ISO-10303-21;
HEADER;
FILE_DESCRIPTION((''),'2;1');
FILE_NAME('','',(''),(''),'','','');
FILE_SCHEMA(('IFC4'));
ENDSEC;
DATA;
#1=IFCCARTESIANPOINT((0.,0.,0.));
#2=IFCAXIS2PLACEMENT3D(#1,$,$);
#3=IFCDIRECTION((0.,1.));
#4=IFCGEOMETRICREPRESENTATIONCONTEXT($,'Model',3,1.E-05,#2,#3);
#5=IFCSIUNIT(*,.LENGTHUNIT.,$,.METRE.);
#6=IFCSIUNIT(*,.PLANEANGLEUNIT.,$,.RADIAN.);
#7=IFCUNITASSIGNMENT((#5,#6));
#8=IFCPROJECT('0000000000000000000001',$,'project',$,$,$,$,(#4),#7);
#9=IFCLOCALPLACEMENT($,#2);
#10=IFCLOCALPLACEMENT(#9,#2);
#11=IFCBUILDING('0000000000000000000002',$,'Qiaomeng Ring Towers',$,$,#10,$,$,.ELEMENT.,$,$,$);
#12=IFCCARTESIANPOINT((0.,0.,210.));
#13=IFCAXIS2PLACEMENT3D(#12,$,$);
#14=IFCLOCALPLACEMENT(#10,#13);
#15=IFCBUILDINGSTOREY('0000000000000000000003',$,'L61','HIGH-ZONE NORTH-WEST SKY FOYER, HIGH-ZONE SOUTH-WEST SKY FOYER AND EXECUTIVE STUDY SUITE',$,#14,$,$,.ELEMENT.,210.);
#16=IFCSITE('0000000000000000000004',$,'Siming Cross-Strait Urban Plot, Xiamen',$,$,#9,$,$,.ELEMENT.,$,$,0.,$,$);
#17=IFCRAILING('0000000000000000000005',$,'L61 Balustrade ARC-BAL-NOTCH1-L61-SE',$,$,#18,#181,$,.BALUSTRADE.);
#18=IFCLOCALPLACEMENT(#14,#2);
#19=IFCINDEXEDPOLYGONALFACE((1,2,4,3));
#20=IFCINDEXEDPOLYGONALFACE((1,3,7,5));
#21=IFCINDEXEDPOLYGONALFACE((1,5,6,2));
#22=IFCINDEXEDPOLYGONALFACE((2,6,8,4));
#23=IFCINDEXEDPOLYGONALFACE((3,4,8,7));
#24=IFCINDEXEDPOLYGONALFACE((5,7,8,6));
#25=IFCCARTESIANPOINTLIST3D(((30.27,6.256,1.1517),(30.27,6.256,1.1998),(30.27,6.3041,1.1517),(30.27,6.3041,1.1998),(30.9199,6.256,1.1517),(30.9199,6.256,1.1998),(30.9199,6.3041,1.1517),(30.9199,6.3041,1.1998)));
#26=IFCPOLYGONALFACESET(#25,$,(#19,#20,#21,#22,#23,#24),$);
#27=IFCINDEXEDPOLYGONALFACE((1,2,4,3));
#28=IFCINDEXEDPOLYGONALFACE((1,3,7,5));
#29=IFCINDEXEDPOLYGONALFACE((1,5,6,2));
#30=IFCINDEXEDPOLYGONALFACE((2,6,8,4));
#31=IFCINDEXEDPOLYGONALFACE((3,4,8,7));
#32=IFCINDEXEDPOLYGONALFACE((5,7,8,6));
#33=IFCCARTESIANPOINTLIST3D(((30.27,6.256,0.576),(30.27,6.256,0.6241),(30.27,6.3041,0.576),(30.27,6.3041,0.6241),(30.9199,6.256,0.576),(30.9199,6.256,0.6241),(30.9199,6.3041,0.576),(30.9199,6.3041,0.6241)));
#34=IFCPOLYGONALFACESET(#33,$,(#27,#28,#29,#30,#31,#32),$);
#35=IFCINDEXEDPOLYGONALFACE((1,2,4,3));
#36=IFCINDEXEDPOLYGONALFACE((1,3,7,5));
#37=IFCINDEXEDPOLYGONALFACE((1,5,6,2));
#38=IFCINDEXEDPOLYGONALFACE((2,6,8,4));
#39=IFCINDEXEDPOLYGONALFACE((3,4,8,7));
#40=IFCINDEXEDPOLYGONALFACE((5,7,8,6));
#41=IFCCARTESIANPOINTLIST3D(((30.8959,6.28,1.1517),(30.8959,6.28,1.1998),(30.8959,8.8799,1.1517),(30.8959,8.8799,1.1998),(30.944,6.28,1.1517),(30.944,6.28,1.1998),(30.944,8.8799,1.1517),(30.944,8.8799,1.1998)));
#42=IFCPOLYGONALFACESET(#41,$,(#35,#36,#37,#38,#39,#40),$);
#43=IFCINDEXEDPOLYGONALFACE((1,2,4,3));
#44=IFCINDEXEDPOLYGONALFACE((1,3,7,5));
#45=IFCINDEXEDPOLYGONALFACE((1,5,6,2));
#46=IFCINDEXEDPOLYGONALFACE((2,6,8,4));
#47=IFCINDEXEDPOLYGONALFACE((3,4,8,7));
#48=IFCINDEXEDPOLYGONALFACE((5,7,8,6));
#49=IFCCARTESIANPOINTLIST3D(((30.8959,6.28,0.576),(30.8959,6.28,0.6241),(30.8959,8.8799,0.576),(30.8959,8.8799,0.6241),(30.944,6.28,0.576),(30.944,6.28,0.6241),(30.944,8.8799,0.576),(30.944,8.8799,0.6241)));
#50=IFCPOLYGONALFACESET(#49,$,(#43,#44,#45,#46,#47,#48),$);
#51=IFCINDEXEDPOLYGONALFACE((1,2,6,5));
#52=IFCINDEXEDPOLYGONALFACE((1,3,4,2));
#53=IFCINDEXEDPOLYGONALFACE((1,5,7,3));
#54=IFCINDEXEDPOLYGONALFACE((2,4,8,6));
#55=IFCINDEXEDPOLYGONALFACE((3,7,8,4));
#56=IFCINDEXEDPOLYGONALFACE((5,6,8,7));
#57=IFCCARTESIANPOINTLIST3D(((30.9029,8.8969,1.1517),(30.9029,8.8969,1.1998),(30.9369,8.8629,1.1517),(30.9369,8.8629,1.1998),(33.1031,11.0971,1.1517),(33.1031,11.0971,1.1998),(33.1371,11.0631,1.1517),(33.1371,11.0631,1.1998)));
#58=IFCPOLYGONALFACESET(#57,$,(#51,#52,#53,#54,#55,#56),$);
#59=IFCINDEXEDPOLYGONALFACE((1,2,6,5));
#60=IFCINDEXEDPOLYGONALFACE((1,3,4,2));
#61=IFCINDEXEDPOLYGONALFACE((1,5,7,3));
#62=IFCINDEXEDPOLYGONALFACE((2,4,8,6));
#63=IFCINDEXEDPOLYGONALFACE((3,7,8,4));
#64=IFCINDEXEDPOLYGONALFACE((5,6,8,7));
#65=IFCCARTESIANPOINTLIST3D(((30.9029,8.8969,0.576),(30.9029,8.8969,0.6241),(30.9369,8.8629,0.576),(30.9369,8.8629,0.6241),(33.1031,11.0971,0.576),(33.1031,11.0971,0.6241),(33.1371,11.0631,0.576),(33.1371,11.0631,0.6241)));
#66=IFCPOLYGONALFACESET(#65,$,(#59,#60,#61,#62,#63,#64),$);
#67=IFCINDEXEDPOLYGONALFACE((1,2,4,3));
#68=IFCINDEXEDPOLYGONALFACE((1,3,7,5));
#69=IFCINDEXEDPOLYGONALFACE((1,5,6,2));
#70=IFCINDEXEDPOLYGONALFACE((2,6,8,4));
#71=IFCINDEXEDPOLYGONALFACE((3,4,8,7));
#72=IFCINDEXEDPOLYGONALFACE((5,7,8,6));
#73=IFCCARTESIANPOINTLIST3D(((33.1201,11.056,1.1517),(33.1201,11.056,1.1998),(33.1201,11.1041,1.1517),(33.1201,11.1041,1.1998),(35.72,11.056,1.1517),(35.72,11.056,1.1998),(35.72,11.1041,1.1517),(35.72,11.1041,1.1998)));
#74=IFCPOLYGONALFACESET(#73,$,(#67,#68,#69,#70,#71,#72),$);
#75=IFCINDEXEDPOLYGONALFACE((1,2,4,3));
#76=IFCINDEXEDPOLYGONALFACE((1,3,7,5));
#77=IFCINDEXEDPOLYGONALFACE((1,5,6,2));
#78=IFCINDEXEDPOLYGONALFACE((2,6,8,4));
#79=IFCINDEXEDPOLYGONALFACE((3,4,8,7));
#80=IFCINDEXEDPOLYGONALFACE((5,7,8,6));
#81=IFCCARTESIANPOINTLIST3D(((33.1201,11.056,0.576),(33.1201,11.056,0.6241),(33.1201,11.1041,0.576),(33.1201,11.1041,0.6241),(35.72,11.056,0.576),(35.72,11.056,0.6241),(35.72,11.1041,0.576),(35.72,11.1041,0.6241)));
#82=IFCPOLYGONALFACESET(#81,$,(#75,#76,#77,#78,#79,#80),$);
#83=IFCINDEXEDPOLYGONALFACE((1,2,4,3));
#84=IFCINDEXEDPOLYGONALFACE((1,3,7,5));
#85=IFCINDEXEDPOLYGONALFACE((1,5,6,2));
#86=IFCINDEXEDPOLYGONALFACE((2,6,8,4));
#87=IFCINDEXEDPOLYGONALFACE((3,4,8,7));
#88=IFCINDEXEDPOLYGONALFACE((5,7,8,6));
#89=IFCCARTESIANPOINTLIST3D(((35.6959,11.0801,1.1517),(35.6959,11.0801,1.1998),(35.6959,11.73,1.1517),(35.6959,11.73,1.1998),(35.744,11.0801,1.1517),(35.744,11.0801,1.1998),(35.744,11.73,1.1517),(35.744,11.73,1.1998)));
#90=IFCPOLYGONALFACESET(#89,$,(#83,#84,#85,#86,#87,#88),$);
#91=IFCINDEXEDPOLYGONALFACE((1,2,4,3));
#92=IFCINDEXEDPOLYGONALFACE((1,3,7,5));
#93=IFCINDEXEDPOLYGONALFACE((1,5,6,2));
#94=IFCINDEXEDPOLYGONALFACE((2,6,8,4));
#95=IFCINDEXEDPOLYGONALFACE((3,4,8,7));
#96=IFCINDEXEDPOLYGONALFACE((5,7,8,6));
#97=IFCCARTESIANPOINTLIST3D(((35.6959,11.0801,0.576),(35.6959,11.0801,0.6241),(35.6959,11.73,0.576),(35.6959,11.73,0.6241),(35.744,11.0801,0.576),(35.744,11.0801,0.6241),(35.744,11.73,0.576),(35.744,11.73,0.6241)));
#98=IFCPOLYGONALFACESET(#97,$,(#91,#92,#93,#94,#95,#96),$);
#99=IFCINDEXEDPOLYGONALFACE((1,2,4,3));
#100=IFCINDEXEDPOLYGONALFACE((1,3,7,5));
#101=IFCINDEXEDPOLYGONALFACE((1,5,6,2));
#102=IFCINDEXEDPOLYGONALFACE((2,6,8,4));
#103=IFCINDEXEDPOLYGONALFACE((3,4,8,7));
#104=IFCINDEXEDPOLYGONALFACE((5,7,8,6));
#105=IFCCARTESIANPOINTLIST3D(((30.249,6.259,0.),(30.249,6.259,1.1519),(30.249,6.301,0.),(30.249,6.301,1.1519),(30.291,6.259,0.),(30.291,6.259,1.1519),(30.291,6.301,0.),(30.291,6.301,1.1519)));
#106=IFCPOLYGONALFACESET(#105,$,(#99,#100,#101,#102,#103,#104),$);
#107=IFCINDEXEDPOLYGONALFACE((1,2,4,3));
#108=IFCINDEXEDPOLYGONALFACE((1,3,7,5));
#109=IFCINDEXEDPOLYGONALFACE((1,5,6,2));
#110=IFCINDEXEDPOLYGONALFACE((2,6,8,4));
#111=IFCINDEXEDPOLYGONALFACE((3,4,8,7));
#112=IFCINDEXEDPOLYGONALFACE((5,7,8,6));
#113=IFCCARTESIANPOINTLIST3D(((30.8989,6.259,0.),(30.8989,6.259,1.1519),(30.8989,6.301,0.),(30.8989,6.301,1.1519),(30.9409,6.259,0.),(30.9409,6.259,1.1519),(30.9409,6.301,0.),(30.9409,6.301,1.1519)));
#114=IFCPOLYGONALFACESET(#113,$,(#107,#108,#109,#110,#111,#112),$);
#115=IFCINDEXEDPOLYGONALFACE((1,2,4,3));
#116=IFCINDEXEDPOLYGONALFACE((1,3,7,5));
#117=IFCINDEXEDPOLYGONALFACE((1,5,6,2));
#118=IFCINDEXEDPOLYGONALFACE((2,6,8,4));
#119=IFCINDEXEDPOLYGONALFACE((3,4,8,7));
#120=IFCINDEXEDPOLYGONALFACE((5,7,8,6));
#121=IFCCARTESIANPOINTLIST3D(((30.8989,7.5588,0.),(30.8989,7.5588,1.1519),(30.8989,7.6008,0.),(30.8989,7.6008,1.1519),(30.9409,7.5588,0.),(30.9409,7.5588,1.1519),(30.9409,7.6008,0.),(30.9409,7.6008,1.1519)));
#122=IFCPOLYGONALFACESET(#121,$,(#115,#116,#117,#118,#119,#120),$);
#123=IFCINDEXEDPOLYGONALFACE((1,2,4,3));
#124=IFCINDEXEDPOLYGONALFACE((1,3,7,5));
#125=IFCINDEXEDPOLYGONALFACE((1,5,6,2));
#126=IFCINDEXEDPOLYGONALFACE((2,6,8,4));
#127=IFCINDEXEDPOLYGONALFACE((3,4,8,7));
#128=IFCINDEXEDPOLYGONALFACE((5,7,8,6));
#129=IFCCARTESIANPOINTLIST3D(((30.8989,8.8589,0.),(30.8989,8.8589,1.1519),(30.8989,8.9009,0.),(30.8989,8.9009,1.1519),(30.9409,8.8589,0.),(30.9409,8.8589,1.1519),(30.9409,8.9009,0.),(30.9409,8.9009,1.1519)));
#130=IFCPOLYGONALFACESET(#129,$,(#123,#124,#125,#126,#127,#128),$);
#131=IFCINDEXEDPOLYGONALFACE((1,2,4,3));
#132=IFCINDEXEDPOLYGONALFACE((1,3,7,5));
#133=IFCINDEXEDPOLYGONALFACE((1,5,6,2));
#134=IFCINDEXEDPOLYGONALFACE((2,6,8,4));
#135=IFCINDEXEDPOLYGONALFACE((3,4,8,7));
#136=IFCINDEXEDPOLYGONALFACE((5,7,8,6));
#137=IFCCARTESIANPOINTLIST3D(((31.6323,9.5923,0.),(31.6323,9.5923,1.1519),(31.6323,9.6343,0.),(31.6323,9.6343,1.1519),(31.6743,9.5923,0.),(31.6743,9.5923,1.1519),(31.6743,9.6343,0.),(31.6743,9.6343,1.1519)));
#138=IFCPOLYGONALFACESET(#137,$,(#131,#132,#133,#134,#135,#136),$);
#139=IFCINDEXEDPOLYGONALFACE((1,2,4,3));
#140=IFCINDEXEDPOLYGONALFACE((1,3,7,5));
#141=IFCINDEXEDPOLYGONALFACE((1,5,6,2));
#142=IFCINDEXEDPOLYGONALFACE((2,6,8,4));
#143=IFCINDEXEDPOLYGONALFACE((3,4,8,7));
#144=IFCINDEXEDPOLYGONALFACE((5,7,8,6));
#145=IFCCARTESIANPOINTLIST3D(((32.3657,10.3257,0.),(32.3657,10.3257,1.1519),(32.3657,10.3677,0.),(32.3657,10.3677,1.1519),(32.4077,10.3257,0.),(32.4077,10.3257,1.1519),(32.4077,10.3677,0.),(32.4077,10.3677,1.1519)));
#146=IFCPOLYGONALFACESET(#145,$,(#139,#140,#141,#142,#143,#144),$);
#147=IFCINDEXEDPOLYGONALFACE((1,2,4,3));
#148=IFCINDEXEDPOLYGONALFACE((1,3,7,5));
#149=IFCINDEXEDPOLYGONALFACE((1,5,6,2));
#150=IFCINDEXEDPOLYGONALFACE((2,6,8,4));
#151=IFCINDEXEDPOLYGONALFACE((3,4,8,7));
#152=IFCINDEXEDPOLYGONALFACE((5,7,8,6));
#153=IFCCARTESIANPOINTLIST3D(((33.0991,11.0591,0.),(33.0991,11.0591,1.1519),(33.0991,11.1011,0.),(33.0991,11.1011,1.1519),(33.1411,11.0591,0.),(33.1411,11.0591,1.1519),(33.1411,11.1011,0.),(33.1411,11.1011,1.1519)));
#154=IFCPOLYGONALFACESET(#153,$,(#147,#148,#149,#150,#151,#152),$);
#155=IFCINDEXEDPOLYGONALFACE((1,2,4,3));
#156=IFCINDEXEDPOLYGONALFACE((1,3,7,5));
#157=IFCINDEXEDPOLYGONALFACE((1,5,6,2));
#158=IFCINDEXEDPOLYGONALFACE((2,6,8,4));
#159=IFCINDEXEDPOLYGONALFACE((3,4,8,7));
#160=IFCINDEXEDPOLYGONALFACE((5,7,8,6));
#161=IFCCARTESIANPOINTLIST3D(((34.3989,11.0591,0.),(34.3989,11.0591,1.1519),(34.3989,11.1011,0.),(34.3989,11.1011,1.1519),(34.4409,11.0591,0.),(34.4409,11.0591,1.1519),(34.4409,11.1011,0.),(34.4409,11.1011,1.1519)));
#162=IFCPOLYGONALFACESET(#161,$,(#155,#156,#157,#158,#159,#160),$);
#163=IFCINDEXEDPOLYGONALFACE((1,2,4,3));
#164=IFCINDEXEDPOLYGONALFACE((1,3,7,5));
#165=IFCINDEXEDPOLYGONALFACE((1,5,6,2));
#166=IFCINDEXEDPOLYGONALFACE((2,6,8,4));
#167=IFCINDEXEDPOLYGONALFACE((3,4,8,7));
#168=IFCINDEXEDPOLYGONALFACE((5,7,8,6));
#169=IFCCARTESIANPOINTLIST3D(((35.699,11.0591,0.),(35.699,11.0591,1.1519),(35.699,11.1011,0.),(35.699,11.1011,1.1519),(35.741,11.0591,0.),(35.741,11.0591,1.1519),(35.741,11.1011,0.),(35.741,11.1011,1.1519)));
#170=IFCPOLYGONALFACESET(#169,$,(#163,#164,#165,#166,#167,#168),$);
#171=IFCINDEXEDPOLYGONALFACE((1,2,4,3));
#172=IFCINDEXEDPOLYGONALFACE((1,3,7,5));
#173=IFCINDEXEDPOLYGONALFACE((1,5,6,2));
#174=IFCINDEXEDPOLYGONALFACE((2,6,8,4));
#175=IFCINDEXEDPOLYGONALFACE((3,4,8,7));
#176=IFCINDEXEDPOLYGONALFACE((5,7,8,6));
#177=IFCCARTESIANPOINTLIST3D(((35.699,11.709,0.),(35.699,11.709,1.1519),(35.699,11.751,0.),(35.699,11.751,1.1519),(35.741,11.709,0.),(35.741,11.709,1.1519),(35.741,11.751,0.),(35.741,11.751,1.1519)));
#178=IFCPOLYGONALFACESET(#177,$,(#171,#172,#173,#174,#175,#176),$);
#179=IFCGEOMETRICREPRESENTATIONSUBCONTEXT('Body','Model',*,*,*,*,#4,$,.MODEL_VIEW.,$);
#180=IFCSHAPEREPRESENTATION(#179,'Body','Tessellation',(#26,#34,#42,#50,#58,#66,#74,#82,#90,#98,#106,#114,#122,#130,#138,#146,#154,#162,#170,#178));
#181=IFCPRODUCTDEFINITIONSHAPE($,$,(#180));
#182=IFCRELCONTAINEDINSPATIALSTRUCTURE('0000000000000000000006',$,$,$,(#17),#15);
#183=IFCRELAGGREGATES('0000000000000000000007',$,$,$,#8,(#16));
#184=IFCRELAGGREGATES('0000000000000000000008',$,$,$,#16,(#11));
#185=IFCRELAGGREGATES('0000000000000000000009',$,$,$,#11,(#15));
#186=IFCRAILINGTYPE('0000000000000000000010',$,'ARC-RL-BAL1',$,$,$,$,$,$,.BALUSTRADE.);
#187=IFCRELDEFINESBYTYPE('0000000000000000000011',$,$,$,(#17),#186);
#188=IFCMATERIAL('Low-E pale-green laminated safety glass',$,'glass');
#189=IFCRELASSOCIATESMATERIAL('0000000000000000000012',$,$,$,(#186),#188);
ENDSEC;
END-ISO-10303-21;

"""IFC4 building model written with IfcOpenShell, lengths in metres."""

from ifc_helpers import new_model, si_unit, direction, frame, origin, origin_2d, place, context, subcontext, project, spatial, rectangle, extrude, material, type_object, element, save


model = new_model("IFC4")

# Units and contexts
model_context = context("Model", 3, precision=1e-05, world=origin(), true_north=direction((0.0, 1.0)))
body_context = subcontext(model_context, "Body", "Model", "MODEL_VIEW")
ifc_project = project(units=[si_unit("LENGTHUNIT", "METRE"), si_unit("PLANEANGLEUNIT", "RADIAN")], contexts=[model_context])

# Site, building, storey
site_placement = place(None, origin())
site = spatial("IfcSite", under=ifc_project, at=site_placement, Name="Siming Cross-Strait Urban Plot, Xiamen", CompositionType="ELEMENT", RefElevation=0.0)
building_placement = place(site_placement, origin())
building = spatial("IfcBuilding", under=site, at=building_placement, Name="Qiaomeng Ring Towers", CompositionType="ELEMENT")
storey_placement = place(building_placement, frame((0.0, 0.0, 210.0)))
storey = spatial("IfcBuildingStorey", under=building, at=storey_placement, Name="L61", Description="HIGH-ZONE NORTH-WEST SKY FOYER, HIGH-ZONE SOUTH-WEST SKY FOYER AND EXECUTIVE STUDY SUITE", CompositionType="ELEMENT", Elevation=210.0)

# Railing
ifc_material_1 = material(Name="Low-E pale-green laminated safety glass", Category="glass")
railing_type = type_object("IfcRailingType", Name="ARC-RL-BAL1", PredefinedType="BALUSTRADE", material=ifc_material_1)
railing_placement = place(storey_placement, frame((30.27, 6.28, 0.0)))
element("IfcRailing", 1, at=railing_placement, inside=storey, type_object=railing_type, Name="L61 Balustrade ARC-BAL-NOTCH1-L61-SE", PredefinedType="BALUSTRADE", context=body_context, shape_type="SweptSolid", body=[
    extrude(rectangle(XDim=0.0481, YDim=0.0481, at=origin_2d()), frame((0.0, 0.0, 1.1758), z_axis=(1.0, 0.0, 0.0), x_axis=(0.0, 1.0, 0.0)), (0.0, 0.0, 1.0), 0.6499),
    extrude(rectangle(XDim=0.0481, YDim=0.0481, at=origin_2d()), frame((0.0, 0.0, 0.6001), z_axis=(1.0, 0.0, 0.0), x_axis=(0.0, 1.0, 0.0)), (0.0, 0.0, 1.0), 0.6499),
    extrude(rectangle(XDim=0.0481, YDim=0.0481, at=origin_2d()), frame((0.6499, 0.0, 1.1758), z_axis=(0.0, 1.0, 0.0), x_axis=(-1.0, 0.0, 0.0)), (0.0, 0.0, 1.0), 2.5999),
    extrude(rectangle(XDim=0.0481, YDim=0.0481, at=origin_2d()), frame((0.6499, 0.0, 0.6001), z_axis=(0.0, 1.0, 0.0), x_axis=(-1.0, 0.0, 0.0)), (0.0, 0.0, 1.0), 2.5999),
    extrude(rectangle(XDim=0.0481, YDim=0.0481, at=origin_2d()), frame((0.6499, 2.5999, 1.1758), z_axis=(0.707107, 0.707107, 0.0), x_axis=(-0.707107, 0.707107, 0.0)), (0.0, 0.0, 1.0), 3.1116),
    extrude(rectangle(XDim=0.0481, YDim=0.0481, at=origin_2d()), frame((0.6499, 2.5999, 0.6001), z_axis=(0.707107, 0.707107, 0.0), x_axis=(-0.707107, 0.707107, 0.0)), (0.0, 0.0, 1.0), 3.1116),
    extrude(rectangle(XDim=0.0481, YDim=0.0481, at=origin_2d()), frame((2.8501, 4.8, 1.1758), z_axis=(1.0, 0.0, 0.0), x_axis=(0.0, 1.0, 0.0)), (0.0, 0.0, 1.0), 2.5999),
    extrude(rectangle(XDim=0.0481, YDim=0.0481, at=origin_2d()), frame((2.8501, 4.8, 0.6001), z_axis=(1.0, 0.0, 0.0), x_axis=(0.0, 1.0, 0.0)), (0.0, 0.0, 1.0), 2.5999),
    extrude(rectangle(XDim=0.0481, YDim=0.0481, at=origin_2d()), frame((5.45, 4.8, 1.1758), z_axis=(0.0, 1.0, 0.0), x_axis=(-1.0, 0.0, 0.0)), (0.0, 0.0, 1.0), 0.6499),
    extrude(rectangle(XDim=0.0481, YDim=0.0481, at=origin_2d()), frame((5.45, 4.8, 0.6001), z_axis=(0.0, 1.0, 0.0), x_axis=(-1.0, 0.0, 0.0)), (0.0, 0.0, 1.0), 0.6499),
    extrude(rectangle(XDim=0.042, YDim=0.042, at=origin_2d()), origin(), (0.0, 0.0, 1.0), 1.1519),
    extrude(rectangle(XDim=0.042, YDim=0.042, at=origin_2d()), frame((0.6499, 0.0, 0.0)), (0.0, 0.0, 1.0), 1.1519),
    extrude(rectangle(XDim=0.042, YDim=0.042, at=origin_2d()), frame((0.6499, 1.2998, 0.0)), (0.0, 0.0, 1.0), 1.1519),
    extrude(rectangle(XDim=0.042, YDim=0.042, at=origin_2d()), frame((0.6499, 2.5999, 0.0)), (0.0, 0.0, 1.0), 1.1519),
    extrude(rectangle(XDim=0.042, YDim=0.042, at=origin_2d()), frame((1.3833, 3.3333, 0.0)), (0.0, 0.0, 1.0), 1.1519),
    extrude(rectangle(XDim=0.042, YDim=0.042, at=origin_2d()), frame((2.1167, 4.0667, 0.0)), (0.0, 0.0, 1.0), 1.1519),
    extrude(rectangle(XDim=0.042, YDim=0.042, at=origin_2d()), frame((2.8501, 4.8, 0.0)), (0.0, 0.0, 1.0), 1.1519),
    extrude(rectangle(XDim=0.042, YDim=0.042, at=origin_2d()), frame((4.1499, 4.8, 0.0)), (0.0, 0.0, 1.0), 1.1519),
    extrude(rectangle(XDim=0.042, YDim=0.042, at=origin_2d()), frame((5.45, 4.8, 0.0)), (0.0, 0.0, 1.0), 1.1519),
    extrude(rectangle(XDim=0.042, YDim=0.042, at=origin_2d()), frame((5.45, 5.45, 0.0)), (0.0, 0.0, 1.0), 1.1519),
])

save(model, "model.ifc")
